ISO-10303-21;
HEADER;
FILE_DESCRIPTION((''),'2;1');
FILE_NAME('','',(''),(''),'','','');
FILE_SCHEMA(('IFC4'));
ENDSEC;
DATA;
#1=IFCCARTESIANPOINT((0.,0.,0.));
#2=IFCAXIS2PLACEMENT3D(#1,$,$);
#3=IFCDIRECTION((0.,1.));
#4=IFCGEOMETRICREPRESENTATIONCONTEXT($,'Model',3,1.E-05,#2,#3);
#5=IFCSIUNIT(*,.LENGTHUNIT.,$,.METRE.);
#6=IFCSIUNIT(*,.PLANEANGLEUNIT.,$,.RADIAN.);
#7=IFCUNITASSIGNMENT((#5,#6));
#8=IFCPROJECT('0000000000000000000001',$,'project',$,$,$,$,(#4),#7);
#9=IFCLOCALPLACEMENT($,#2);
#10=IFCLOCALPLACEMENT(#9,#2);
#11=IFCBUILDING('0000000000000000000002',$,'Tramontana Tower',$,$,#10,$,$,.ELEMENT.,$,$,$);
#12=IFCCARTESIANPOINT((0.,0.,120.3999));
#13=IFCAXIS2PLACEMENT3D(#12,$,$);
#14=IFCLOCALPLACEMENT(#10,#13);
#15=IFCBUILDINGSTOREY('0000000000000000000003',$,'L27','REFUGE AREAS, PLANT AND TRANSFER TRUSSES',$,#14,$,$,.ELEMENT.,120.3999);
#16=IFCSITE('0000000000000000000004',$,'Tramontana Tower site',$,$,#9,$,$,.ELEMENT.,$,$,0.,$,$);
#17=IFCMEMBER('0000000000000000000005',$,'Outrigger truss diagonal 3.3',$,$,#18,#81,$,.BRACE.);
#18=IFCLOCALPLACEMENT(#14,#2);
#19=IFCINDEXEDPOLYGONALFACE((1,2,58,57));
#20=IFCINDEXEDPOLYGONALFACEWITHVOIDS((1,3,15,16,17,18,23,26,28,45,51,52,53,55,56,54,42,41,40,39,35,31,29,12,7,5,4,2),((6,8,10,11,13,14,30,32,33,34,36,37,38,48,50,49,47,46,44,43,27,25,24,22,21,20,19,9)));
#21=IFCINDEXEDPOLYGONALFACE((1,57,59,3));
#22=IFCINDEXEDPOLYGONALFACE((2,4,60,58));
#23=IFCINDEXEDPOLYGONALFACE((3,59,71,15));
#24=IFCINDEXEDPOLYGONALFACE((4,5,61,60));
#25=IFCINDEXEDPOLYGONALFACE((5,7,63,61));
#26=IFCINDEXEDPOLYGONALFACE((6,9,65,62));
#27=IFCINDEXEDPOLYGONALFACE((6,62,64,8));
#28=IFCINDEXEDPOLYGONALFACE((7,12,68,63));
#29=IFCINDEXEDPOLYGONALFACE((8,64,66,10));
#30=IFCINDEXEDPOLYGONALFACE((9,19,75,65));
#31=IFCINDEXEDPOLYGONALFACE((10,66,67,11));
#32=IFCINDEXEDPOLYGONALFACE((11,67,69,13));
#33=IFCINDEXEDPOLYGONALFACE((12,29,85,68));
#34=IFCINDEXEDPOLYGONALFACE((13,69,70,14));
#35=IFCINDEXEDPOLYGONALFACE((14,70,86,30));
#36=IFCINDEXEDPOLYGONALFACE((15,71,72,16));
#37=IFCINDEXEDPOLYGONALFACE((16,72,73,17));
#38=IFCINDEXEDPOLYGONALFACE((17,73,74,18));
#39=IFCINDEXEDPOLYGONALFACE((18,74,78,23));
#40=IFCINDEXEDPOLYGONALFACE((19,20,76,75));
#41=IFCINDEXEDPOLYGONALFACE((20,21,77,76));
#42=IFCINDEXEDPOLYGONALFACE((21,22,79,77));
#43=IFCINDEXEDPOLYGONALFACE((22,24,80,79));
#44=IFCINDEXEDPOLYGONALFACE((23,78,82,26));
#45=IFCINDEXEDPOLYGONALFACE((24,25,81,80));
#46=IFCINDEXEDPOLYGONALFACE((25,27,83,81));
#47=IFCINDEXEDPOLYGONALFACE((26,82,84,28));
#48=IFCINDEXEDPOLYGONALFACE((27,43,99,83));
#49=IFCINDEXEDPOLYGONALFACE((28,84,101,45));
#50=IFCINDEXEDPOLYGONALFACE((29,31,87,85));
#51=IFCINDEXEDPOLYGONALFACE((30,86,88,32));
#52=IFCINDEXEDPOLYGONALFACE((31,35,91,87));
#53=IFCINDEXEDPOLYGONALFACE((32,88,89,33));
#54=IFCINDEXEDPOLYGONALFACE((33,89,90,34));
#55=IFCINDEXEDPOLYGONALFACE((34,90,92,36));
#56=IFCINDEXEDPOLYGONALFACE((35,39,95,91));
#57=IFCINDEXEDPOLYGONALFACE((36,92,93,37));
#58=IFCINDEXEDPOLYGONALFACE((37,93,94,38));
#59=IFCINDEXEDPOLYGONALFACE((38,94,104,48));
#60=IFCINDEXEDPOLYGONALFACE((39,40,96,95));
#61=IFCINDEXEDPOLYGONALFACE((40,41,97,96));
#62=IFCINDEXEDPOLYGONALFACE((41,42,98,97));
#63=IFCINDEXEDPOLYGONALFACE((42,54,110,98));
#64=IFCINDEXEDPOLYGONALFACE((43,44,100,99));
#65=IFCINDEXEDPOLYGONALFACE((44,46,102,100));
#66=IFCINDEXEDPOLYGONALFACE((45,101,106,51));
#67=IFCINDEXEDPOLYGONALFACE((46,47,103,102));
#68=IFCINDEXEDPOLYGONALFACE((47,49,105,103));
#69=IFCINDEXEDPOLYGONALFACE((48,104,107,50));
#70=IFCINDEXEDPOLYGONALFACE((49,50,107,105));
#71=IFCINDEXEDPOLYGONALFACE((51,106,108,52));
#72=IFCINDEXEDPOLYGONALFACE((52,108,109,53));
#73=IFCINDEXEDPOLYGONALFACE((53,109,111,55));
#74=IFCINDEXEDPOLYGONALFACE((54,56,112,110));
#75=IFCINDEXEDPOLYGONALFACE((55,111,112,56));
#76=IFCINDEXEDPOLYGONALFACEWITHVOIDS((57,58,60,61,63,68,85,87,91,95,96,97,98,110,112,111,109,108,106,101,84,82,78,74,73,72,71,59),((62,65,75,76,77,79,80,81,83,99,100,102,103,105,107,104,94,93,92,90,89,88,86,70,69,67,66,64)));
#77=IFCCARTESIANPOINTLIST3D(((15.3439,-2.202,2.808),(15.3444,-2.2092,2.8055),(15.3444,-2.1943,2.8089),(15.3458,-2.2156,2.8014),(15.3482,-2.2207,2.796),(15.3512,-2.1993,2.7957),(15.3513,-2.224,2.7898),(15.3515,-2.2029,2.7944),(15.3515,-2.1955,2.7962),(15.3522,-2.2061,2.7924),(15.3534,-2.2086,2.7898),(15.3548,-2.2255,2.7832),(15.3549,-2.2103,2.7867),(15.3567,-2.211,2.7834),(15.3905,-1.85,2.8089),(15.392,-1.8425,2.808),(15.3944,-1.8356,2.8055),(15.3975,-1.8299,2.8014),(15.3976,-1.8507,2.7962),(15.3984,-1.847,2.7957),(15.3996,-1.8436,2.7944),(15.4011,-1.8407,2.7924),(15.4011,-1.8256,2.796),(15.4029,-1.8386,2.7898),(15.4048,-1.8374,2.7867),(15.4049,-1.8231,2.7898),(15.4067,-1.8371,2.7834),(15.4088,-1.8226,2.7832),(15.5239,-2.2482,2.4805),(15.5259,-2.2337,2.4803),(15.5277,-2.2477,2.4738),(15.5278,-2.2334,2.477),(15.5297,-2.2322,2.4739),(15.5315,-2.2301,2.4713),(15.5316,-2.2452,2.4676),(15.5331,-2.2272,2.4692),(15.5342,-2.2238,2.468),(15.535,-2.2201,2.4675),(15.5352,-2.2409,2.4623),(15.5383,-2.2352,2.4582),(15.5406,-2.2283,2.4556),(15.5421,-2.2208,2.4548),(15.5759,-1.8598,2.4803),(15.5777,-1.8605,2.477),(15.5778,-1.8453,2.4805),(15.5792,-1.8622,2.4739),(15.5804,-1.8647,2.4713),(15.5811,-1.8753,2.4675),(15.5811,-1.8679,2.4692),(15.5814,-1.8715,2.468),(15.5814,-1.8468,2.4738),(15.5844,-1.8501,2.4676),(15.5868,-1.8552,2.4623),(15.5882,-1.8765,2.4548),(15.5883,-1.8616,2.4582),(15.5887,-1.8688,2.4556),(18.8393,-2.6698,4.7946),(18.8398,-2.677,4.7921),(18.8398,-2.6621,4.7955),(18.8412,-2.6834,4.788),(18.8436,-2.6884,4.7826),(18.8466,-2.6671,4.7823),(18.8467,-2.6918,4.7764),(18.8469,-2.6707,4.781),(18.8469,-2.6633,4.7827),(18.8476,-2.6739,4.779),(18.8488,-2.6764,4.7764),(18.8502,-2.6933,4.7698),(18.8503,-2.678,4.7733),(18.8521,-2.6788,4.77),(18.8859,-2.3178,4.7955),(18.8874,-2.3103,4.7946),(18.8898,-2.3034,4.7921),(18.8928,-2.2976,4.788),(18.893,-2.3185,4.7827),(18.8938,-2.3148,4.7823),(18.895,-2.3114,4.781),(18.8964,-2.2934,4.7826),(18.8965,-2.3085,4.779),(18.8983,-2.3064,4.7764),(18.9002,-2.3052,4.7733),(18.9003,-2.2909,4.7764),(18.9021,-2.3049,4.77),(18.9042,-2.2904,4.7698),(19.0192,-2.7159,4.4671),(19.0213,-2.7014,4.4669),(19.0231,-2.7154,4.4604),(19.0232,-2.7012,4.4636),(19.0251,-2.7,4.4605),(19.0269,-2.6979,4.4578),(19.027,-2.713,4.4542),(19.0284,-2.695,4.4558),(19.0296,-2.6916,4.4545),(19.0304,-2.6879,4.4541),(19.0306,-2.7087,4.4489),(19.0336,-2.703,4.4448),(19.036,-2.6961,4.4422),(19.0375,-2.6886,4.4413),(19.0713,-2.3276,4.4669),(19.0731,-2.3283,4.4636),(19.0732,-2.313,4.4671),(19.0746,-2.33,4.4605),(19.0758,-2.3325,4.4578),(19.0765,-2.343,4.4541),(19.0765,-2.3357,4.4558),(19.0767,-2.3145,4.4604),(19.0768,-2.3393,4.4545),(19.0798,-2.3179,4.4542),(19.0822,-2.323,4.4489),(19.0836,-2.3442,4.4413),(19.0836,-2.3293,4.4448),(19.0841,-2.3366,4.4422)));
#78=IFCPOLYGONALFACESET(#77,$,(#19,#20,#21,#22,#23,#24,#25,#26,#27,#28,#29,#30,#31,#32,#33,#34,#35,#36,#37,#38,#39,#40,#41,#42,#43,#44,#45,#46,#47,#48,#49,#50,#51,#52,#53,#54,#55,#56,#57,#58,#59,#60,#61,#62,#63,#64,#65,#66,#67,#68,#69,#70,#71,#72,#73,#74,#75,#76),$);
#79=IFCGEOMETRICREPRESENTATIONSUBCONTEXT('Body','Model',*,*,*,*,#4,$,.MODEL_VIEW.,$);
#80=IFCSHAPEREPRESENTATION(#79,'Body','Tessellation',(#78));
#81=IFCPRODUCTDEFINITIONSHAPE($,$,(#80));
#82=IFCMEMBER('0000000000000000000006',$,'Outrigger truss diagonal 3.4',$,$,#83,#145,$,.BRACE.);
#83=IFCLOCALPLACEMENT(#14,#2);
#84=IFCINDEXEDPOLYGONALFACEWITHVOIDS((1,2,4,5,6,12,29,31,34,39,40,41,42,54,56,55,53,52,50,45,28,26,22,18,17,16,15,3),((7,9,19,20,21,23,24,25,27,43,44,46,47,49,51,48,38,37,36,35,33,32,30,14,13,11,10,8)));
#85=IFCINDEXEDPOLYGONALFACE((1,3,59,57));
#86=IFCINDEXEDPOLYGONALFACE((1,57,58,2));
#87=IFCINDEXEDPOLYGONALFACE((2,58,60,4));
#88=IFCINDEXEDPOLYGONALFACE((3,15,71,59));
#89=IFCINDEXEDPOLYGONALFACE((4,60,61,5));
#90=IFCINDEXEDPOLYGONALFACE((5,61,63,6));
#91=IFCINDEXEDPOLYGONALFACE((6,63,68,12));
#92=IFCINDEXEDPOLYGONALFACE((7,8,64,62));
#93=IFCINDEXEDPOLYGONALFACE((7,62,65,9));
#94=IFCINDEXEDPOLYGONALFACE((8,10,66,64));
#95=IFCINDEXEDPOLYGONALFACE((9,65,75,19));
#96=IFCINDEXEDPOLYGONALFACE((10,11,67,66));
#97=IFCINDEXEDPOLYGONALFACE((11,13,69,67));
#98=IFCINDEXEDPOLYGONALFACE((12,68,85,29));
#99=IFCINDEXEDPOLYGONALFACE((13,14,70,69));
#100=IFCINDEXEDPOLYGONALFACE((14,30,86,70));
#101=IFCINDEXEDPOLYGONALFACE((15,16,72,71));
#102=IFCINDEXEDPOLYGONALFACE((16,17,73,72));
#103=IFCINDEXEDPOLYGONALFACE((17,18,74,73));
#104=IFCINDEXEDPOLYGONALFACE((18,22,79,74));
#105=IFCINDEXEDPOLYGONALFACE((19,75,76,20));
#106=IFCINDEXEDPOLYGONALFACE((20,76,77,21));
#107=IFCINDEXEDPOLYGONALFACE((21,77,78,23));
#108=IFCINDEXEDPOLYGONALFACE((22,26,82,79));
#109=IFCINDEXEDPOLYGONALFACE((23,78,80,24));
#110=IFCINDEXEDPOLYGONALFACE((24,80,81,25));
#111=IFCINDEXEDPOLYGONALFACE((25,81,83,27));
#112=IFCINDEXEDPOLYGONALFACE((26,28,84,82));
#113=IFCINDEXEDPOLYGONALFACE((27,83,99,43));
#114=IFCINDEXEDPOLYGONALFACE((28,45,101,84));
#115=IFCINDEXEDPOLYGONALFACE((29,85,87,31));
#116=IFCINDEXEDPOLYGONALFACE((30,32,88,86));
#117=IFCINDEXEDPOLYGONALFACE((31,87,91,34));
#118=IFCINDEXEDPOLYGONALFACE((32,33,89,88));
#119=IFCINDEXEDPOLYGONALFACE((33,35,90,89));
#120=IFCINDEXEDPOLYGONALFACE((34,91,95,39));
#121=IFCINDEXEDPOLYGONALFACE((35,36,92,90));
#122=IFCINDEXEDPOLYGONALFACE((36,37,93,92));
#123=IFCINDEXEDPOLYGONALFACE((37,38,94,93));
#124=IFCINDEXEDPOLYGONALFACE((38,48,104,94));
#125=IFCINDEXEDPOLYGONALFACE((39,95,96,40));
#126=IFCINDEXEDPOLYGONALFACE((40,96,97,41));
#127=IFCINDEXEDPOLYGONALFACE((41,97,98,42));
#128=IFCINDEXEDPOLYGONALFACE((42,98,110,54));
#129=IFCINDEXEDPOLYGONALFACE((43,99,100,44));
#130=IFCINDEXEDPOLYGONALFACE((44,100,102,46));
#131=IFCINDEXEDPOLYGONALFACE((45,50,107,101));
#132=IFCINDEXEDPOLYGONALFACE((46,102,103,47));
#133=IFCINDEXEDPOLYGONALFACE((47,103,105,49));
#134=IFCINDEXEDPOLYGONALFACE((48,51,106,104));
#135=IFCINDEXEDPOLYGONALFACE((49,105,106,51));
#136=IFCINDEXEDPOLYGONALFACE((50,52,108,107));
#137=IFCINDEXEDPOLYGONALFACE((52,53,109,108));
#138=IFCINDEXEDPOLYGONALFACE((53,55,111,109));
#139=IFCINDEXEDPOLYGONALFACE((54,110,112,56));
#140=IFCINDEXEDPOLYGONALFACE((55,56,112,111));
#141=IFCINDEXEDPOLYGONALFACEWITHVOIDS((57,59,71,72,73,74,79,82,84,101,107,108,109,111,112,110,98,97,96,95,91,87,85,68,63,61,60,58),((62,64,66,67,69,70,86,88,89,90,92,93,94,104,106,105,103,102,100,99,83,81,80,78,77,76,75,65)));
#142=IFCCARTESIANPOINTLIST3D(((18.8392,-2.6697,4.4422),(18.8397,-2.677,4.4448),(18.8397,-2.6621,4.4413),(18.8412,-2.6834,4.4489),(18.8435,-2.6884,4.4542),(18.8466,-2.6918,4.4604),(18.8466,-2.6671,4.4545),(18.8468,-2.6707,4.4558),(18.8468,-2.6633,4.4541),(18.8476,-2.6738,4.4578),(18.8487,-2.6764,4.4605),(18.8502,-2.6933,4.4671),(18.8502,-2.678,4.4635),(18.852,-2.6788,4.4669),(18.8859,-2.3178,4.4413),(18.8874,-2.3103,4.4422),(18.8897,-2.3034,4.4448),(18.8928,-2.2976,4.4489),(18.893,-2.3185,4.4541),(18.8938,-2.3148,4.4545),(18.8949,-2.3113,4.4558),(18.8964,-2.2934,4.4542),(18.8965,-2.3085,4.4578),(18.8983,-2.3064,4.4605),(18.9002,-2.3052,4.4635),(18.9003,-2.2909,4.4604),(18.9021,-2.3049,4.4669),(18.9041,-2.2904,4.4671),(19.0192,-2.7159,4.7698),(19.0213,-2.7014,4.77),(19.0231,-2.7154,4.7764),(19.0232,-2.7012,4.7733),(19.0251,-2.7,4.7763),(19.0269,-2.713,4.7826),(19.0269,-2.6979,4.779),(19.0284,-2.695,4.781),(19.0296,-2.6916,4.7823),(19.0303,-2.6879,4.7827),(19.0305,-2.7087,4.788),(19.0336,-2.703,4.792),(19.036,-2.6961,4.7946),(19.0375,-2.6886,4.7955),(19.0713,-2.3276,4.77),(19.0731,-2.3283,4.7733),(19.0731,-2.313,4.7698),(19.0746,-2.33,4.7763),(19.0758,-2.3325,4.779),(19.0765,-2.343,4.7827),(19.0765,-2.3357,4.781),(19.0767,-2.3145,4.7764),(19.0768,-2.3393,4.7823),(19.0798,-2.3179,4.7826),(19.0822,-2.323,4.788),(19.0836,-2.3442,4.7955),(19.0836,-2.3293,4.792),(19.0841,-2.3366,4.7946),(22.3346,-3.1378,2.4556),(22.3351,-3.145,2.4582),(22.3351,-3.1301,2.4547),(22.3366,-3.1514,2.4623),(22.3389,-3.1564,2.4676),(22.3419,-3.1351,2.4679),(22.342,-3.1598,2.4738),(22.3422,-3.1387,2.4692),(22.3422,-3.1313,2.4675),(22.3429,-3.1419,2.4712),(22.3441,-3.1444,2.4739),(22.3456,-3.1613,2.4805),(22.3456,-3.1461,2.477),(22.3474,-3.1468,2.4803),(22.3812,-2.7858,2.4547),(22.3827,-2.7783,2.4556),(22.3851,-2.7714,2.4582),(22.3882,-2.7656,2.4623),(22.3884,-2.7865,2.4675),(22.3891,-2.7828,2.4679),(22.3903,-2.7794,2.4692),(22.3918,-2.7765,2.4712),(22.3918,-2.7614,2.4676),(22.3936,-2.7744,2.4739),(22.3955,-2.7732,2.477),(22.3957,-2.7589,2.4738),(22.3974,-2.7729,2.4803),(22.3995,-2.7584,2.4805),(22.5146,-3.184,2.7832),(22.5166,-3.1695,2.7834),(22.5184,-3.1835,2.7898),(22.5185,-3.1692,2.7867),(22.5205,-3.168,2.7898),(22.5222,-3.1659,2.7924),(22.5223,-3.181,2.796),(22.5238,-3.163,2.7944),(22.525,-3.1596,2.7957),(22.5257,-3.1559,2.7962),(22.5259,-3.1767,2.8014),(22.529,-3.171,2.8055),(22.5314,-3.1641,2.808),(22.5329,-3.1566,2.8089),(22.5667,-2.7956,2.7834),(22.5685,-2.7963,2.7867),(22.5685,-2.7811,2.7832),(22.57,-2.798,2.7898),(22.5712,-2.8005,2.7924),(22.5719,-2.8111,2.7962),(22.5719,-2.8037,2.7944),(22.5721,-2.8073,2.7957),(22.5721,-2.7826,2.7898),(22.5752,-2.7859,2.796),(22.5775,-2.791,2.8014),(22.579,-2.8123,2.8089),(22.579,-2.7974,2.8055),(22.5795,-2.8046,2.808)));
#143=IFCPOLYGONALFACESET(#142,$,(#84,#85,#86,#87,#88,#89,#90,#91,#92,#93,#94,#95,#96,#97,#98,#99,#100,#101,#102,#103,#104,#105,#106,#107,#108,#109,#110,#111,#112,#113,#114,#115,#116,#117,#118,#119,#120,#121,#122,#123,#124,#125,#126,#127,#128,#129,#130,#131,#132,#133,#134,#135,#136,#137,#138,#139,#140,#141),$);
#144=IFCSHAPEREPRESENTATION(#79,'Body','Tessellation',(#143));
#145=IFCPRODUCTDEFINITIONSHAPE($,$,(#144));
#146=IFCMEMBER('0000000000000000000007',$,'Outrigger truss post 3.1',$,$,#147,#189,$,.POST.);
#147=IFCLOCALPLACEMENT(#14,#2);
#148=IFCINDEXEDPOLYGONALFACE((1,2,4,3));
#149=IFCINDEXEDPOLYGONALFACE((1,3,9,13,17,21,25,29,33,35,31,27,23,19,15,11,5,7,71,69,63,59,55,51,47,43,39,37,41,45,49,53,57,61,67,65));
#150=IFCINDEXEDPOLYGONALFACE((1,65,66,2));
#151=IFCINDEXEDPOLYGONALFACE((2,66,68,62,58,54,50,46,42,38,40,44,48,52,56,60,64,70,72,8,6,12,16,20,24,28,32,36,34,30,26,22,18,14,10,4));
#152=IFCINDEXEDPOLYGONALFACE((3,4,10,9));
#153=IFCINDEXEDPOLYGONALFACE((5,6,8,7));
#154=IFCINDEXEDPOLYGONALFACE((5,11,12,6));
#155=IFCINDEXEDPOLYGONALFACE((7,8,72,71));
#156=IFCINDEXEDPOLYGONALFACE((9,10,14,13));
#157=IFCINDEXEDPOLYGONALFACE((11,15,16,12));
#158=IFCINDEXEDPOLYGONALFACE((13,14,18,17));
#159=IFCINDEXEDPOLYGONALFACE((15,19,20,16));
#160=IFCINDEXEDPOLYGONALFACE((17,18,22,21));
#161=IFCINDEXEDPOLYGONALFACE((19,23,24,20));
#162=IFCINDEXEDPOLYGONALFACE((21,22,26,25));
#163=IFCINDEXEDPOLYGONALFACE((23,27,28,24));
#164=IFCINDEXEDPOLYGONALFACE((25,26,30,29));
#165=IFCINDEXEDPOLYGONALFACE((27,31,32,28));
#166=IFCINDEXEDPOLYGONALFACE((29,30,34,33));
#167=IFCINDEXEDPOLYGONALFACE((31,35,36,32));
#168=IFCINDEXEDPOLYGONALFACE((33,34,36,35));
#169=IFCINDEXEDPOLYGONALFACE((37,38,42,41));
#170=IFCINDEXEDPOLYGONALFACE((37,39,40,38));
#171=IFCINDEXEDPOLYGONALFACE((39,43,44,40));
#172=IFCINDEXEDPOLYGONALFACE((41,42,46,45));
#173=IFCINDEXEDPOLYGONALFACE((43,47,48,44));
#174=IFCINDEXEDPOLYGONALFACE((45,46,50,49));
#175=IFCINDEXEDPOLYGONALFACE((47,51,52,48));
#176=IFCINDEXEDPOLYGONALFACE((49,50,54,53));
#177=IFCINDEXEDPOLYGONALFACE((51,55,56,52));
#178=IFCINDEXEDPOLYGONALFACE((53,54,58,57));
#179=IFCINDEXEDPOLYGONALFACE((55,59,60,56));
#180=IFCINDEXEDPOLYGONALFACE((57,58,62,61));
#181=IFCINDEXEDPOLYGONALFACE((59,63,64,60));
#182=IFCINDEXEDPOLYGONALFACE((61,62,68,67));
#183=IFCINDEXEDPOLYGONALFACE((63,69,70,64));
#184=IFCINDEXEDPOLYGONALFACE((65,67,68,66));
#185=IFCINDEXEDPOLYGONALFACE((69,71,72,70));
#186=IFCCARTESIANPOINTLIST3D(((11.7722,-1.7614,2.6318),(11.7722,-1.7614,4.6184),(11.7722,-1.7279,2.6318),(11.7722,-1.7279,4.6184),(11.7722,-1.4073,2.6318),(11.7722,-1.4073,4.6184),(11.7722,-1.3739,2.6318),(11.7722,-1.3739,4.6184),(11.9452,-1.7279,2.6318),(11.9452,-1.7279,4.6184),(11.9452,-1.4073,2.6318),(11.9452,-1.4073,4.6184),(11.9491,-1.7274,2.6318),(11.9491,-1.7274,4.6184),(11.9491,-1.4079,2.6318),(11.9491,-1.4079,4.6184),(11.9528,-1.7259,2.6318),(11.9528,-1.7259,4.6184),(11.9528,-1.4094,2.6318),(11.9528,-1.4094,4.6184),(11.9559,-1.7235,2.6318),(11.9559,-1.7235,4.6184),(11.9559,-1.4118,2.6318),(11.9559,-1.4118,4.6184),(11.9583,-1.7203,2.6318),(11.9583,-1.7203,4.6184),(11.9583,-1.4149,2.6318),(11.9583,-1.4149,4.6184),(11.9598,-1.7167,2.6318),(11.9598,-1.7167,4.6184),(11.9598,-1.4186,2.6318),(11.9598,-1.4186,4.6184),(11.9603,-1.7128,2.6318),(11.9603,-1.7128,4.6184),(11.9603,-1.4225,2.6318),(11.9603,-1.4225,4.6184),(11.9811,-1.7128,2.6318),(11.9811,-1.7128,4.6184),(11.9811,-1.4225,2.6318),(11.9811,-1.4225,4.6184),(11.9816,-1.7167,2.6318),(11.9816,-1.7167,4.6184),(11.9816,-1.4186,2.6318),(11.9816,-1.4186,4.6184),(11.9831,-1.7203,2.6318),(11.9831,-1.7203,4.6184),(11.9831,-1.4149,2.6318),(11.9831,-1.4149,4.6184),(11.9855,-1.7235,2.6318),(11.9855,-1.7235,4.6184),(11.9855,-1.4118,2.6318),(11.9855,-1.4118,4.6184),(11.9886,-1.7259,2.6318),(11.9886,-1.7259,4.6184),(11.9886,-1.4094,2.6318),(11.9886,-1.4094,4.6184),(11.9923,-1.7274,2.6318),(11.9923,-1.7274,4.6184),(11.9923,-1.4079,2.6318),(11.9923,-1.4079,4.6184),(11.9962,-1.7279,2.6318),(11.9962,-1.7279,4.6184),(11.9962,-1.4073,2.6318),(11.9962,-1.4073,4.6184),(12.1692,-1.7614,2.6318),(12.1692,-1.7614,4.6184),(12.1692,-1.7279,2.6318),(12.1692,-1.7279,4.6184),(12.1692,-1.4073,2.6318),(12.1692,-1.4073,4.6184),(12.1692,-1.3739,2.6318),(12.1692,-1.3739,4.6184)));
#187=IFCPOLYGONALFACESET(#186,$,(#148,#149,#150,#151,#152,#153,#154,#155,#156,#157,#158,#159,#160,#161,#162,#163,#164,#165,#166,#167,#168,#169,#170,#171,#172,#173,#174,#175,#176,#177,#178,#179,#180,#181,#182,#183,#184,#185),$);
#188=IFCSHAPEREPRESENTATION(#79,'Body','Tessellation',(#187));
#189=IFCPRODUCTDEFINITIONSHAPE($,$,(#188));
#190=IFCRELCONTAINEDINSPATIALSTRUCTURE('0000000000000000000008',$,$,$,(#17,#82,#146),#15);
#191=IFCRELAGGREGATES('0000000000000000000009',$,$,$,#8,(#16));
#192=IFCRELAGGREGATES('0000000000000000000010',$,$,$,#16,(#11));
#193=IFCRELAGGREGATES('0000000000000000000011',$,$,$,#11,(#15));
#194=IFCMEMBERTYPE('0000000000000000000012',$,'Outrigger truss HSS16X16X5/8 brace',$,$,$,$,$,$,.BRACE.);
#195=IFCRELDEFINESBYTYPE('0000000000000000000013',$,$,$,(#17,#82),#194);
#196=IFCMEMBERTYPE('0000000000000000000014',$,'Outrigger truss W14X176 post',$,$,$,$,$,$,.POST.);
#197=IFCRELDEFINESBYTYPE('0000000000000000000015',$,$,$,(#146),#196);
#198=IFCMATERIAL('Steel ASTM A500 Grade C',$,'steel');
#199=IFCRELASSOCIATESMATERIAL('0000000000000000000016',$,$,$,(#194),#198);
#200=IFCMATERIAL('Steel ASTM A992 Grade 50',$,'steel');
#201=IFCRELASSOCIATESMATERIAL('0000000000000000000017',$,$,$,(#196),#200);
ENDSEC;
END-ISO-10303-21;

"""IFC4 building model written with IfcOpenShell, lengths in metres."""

from ifc_helpers import new_model, si_unit, direction, frame, origin, origin_2d, place, context, subcontext, project, spatial, hollow_rectangle, i_section, extrude, material, material_profile, profile_set, type_object, element, save


model = new_model("IFC4")

# Units and contexts
model_context = context("Model", 3, precision=1e-05, world=origin(), true_north=direction((0.0, 1.0)))
body_context = subcontext(model_context, "Body", "Model", "MODEL_VIEW")
ifc_project = project(units=[si_unit("LENGTHUNIT", "METRE"), si_unit("PLANEANGLEUNIT", "RADIAN")], contexts=[model_context])

# Site, building, storey
site_placement = place(None, origin())
site = spatial("IfcSite", under=ifc_project, at=site_placement, Name="Tramontana Tower site", CompositionType="ELEMENT", RefElevation=0.0)
building_placement = place(site_placement, origin())
building = spatial("IfcBuilding", under=site, at=building_placement, Name="Tramontana Tower", CompositionType="ELEMENT")
storey_placement = place(building_placement, frame((0.0, 0.0, 120.3999)))
storey = spatial("IfcBuildingStorey", under=building, at=storey_placement, Name="L27", Description="REFUGE AREAS, PLANT AND TRANSFER TRUSSES", CompositionType="ELEMENT", Elevation=120.3999)

# Members
ifc_material_1 = material(Name="Steel ASTM A500 Grade C", Category="steel")
ifc_material_profile_1 = material_profile(ifc_material_1, hollow_rectangle(XDim=0.4065, YDim=0.4065, WallThickness=0.0146, InnerFilletRadius=0.0146, OuterFilletRadius=0.0295, at=origin_2d()), Name="HSS16X16X5/8")
ifc_profile_set_1 = profile_set([ifc_material_profile_1], Name="Steel ASTM A500 Grade C")
member_type_1 = type_object("IfcMemberType", Name="Outrigger truss HSS16X16X5/8 brace", PredefinedType="BRACE", material=ifc_profile_set_1)
for number, where, z_axis, x_axis, name in (
    (1, (15.4663, -2.0354, 2.6318), (0.86357, -0.115569, 0.490806), (0.132644, 0.991164, 0.0), "Outrigger truss diagonal 3.3"),
    (2, (18.9617, -2.5032, 4.6184), (0.863564, -0.115628, -0.490803), (0.132712, 0.991155, 0.0), "Outrigger truss diagonal 3.4"),
):
    element("IfcMember", number, at=place(storey_placement, frame(where, z_axis=z_axis, x_axis=x_axis)), inside=storey, type_object=member_type_1, Name=name, PredefinedType="BRACE", context=body_context, shape_type="SweptSolid", body=[
        extrude(hollow_rectangle(XDim=0.4065, YDim=0.4065, WallThickness=0.0146, InnerFilletRadius=0.0146, OuterFilletRadius=0.0295, at=origin_2d()), origin(), (0.0, 0.0, 1.0), 4.0476),
    ])
ifc_material_2 = material(Name="Steel ASTM A992 Grade 50", Category="steel")
ifc_material_profile_2 = material_profile(ifc_material_2, i_section(OverallWidth=0.397, OverallDepth=0.3875, WebThickness=0.0208, FlangeThickness=0.0334, FilletRadius=0.0151, at=origin_2d()), Name="W14X176")
ifc_profile_set_2 = profile_set([ifc_material_profile_2], Name="Steel ASTM A992 Grade 50")
member_type_2 = type_object("IfcMemberType", Name="Outrigger truss W14X176 post", PredefinedType="POST", material=ifc_profile_set_2)
for number, where, z_axis, x_axis, name in (
    (3, (11.9707, -1.5676, 2.6318), (0.0, 0.0, 1.0), (1.0, 0.0, 0.0), "Outrigger truss post 3.1"),
):
    element("IfcMember", number, at=place(storey_placement, frame(where, z_axis=z_axis, x_axis=x_axis)), inside=storey, type_object=member_type_2, Name=name, PredefinedType="POST", context=body_context, shape_type="SweptSolid", body=[
        extrude(i_section(OverallWidth=0.397, OverallDepth=0.3875, WebThickness=0.0208, FlangeThickness=0.0334, FilletRadius=0.0151, at=origin_2d()), origin(), (0.0, 0.0, 1.0), 1.9866),
    ])

save(model, "model.ifc")
